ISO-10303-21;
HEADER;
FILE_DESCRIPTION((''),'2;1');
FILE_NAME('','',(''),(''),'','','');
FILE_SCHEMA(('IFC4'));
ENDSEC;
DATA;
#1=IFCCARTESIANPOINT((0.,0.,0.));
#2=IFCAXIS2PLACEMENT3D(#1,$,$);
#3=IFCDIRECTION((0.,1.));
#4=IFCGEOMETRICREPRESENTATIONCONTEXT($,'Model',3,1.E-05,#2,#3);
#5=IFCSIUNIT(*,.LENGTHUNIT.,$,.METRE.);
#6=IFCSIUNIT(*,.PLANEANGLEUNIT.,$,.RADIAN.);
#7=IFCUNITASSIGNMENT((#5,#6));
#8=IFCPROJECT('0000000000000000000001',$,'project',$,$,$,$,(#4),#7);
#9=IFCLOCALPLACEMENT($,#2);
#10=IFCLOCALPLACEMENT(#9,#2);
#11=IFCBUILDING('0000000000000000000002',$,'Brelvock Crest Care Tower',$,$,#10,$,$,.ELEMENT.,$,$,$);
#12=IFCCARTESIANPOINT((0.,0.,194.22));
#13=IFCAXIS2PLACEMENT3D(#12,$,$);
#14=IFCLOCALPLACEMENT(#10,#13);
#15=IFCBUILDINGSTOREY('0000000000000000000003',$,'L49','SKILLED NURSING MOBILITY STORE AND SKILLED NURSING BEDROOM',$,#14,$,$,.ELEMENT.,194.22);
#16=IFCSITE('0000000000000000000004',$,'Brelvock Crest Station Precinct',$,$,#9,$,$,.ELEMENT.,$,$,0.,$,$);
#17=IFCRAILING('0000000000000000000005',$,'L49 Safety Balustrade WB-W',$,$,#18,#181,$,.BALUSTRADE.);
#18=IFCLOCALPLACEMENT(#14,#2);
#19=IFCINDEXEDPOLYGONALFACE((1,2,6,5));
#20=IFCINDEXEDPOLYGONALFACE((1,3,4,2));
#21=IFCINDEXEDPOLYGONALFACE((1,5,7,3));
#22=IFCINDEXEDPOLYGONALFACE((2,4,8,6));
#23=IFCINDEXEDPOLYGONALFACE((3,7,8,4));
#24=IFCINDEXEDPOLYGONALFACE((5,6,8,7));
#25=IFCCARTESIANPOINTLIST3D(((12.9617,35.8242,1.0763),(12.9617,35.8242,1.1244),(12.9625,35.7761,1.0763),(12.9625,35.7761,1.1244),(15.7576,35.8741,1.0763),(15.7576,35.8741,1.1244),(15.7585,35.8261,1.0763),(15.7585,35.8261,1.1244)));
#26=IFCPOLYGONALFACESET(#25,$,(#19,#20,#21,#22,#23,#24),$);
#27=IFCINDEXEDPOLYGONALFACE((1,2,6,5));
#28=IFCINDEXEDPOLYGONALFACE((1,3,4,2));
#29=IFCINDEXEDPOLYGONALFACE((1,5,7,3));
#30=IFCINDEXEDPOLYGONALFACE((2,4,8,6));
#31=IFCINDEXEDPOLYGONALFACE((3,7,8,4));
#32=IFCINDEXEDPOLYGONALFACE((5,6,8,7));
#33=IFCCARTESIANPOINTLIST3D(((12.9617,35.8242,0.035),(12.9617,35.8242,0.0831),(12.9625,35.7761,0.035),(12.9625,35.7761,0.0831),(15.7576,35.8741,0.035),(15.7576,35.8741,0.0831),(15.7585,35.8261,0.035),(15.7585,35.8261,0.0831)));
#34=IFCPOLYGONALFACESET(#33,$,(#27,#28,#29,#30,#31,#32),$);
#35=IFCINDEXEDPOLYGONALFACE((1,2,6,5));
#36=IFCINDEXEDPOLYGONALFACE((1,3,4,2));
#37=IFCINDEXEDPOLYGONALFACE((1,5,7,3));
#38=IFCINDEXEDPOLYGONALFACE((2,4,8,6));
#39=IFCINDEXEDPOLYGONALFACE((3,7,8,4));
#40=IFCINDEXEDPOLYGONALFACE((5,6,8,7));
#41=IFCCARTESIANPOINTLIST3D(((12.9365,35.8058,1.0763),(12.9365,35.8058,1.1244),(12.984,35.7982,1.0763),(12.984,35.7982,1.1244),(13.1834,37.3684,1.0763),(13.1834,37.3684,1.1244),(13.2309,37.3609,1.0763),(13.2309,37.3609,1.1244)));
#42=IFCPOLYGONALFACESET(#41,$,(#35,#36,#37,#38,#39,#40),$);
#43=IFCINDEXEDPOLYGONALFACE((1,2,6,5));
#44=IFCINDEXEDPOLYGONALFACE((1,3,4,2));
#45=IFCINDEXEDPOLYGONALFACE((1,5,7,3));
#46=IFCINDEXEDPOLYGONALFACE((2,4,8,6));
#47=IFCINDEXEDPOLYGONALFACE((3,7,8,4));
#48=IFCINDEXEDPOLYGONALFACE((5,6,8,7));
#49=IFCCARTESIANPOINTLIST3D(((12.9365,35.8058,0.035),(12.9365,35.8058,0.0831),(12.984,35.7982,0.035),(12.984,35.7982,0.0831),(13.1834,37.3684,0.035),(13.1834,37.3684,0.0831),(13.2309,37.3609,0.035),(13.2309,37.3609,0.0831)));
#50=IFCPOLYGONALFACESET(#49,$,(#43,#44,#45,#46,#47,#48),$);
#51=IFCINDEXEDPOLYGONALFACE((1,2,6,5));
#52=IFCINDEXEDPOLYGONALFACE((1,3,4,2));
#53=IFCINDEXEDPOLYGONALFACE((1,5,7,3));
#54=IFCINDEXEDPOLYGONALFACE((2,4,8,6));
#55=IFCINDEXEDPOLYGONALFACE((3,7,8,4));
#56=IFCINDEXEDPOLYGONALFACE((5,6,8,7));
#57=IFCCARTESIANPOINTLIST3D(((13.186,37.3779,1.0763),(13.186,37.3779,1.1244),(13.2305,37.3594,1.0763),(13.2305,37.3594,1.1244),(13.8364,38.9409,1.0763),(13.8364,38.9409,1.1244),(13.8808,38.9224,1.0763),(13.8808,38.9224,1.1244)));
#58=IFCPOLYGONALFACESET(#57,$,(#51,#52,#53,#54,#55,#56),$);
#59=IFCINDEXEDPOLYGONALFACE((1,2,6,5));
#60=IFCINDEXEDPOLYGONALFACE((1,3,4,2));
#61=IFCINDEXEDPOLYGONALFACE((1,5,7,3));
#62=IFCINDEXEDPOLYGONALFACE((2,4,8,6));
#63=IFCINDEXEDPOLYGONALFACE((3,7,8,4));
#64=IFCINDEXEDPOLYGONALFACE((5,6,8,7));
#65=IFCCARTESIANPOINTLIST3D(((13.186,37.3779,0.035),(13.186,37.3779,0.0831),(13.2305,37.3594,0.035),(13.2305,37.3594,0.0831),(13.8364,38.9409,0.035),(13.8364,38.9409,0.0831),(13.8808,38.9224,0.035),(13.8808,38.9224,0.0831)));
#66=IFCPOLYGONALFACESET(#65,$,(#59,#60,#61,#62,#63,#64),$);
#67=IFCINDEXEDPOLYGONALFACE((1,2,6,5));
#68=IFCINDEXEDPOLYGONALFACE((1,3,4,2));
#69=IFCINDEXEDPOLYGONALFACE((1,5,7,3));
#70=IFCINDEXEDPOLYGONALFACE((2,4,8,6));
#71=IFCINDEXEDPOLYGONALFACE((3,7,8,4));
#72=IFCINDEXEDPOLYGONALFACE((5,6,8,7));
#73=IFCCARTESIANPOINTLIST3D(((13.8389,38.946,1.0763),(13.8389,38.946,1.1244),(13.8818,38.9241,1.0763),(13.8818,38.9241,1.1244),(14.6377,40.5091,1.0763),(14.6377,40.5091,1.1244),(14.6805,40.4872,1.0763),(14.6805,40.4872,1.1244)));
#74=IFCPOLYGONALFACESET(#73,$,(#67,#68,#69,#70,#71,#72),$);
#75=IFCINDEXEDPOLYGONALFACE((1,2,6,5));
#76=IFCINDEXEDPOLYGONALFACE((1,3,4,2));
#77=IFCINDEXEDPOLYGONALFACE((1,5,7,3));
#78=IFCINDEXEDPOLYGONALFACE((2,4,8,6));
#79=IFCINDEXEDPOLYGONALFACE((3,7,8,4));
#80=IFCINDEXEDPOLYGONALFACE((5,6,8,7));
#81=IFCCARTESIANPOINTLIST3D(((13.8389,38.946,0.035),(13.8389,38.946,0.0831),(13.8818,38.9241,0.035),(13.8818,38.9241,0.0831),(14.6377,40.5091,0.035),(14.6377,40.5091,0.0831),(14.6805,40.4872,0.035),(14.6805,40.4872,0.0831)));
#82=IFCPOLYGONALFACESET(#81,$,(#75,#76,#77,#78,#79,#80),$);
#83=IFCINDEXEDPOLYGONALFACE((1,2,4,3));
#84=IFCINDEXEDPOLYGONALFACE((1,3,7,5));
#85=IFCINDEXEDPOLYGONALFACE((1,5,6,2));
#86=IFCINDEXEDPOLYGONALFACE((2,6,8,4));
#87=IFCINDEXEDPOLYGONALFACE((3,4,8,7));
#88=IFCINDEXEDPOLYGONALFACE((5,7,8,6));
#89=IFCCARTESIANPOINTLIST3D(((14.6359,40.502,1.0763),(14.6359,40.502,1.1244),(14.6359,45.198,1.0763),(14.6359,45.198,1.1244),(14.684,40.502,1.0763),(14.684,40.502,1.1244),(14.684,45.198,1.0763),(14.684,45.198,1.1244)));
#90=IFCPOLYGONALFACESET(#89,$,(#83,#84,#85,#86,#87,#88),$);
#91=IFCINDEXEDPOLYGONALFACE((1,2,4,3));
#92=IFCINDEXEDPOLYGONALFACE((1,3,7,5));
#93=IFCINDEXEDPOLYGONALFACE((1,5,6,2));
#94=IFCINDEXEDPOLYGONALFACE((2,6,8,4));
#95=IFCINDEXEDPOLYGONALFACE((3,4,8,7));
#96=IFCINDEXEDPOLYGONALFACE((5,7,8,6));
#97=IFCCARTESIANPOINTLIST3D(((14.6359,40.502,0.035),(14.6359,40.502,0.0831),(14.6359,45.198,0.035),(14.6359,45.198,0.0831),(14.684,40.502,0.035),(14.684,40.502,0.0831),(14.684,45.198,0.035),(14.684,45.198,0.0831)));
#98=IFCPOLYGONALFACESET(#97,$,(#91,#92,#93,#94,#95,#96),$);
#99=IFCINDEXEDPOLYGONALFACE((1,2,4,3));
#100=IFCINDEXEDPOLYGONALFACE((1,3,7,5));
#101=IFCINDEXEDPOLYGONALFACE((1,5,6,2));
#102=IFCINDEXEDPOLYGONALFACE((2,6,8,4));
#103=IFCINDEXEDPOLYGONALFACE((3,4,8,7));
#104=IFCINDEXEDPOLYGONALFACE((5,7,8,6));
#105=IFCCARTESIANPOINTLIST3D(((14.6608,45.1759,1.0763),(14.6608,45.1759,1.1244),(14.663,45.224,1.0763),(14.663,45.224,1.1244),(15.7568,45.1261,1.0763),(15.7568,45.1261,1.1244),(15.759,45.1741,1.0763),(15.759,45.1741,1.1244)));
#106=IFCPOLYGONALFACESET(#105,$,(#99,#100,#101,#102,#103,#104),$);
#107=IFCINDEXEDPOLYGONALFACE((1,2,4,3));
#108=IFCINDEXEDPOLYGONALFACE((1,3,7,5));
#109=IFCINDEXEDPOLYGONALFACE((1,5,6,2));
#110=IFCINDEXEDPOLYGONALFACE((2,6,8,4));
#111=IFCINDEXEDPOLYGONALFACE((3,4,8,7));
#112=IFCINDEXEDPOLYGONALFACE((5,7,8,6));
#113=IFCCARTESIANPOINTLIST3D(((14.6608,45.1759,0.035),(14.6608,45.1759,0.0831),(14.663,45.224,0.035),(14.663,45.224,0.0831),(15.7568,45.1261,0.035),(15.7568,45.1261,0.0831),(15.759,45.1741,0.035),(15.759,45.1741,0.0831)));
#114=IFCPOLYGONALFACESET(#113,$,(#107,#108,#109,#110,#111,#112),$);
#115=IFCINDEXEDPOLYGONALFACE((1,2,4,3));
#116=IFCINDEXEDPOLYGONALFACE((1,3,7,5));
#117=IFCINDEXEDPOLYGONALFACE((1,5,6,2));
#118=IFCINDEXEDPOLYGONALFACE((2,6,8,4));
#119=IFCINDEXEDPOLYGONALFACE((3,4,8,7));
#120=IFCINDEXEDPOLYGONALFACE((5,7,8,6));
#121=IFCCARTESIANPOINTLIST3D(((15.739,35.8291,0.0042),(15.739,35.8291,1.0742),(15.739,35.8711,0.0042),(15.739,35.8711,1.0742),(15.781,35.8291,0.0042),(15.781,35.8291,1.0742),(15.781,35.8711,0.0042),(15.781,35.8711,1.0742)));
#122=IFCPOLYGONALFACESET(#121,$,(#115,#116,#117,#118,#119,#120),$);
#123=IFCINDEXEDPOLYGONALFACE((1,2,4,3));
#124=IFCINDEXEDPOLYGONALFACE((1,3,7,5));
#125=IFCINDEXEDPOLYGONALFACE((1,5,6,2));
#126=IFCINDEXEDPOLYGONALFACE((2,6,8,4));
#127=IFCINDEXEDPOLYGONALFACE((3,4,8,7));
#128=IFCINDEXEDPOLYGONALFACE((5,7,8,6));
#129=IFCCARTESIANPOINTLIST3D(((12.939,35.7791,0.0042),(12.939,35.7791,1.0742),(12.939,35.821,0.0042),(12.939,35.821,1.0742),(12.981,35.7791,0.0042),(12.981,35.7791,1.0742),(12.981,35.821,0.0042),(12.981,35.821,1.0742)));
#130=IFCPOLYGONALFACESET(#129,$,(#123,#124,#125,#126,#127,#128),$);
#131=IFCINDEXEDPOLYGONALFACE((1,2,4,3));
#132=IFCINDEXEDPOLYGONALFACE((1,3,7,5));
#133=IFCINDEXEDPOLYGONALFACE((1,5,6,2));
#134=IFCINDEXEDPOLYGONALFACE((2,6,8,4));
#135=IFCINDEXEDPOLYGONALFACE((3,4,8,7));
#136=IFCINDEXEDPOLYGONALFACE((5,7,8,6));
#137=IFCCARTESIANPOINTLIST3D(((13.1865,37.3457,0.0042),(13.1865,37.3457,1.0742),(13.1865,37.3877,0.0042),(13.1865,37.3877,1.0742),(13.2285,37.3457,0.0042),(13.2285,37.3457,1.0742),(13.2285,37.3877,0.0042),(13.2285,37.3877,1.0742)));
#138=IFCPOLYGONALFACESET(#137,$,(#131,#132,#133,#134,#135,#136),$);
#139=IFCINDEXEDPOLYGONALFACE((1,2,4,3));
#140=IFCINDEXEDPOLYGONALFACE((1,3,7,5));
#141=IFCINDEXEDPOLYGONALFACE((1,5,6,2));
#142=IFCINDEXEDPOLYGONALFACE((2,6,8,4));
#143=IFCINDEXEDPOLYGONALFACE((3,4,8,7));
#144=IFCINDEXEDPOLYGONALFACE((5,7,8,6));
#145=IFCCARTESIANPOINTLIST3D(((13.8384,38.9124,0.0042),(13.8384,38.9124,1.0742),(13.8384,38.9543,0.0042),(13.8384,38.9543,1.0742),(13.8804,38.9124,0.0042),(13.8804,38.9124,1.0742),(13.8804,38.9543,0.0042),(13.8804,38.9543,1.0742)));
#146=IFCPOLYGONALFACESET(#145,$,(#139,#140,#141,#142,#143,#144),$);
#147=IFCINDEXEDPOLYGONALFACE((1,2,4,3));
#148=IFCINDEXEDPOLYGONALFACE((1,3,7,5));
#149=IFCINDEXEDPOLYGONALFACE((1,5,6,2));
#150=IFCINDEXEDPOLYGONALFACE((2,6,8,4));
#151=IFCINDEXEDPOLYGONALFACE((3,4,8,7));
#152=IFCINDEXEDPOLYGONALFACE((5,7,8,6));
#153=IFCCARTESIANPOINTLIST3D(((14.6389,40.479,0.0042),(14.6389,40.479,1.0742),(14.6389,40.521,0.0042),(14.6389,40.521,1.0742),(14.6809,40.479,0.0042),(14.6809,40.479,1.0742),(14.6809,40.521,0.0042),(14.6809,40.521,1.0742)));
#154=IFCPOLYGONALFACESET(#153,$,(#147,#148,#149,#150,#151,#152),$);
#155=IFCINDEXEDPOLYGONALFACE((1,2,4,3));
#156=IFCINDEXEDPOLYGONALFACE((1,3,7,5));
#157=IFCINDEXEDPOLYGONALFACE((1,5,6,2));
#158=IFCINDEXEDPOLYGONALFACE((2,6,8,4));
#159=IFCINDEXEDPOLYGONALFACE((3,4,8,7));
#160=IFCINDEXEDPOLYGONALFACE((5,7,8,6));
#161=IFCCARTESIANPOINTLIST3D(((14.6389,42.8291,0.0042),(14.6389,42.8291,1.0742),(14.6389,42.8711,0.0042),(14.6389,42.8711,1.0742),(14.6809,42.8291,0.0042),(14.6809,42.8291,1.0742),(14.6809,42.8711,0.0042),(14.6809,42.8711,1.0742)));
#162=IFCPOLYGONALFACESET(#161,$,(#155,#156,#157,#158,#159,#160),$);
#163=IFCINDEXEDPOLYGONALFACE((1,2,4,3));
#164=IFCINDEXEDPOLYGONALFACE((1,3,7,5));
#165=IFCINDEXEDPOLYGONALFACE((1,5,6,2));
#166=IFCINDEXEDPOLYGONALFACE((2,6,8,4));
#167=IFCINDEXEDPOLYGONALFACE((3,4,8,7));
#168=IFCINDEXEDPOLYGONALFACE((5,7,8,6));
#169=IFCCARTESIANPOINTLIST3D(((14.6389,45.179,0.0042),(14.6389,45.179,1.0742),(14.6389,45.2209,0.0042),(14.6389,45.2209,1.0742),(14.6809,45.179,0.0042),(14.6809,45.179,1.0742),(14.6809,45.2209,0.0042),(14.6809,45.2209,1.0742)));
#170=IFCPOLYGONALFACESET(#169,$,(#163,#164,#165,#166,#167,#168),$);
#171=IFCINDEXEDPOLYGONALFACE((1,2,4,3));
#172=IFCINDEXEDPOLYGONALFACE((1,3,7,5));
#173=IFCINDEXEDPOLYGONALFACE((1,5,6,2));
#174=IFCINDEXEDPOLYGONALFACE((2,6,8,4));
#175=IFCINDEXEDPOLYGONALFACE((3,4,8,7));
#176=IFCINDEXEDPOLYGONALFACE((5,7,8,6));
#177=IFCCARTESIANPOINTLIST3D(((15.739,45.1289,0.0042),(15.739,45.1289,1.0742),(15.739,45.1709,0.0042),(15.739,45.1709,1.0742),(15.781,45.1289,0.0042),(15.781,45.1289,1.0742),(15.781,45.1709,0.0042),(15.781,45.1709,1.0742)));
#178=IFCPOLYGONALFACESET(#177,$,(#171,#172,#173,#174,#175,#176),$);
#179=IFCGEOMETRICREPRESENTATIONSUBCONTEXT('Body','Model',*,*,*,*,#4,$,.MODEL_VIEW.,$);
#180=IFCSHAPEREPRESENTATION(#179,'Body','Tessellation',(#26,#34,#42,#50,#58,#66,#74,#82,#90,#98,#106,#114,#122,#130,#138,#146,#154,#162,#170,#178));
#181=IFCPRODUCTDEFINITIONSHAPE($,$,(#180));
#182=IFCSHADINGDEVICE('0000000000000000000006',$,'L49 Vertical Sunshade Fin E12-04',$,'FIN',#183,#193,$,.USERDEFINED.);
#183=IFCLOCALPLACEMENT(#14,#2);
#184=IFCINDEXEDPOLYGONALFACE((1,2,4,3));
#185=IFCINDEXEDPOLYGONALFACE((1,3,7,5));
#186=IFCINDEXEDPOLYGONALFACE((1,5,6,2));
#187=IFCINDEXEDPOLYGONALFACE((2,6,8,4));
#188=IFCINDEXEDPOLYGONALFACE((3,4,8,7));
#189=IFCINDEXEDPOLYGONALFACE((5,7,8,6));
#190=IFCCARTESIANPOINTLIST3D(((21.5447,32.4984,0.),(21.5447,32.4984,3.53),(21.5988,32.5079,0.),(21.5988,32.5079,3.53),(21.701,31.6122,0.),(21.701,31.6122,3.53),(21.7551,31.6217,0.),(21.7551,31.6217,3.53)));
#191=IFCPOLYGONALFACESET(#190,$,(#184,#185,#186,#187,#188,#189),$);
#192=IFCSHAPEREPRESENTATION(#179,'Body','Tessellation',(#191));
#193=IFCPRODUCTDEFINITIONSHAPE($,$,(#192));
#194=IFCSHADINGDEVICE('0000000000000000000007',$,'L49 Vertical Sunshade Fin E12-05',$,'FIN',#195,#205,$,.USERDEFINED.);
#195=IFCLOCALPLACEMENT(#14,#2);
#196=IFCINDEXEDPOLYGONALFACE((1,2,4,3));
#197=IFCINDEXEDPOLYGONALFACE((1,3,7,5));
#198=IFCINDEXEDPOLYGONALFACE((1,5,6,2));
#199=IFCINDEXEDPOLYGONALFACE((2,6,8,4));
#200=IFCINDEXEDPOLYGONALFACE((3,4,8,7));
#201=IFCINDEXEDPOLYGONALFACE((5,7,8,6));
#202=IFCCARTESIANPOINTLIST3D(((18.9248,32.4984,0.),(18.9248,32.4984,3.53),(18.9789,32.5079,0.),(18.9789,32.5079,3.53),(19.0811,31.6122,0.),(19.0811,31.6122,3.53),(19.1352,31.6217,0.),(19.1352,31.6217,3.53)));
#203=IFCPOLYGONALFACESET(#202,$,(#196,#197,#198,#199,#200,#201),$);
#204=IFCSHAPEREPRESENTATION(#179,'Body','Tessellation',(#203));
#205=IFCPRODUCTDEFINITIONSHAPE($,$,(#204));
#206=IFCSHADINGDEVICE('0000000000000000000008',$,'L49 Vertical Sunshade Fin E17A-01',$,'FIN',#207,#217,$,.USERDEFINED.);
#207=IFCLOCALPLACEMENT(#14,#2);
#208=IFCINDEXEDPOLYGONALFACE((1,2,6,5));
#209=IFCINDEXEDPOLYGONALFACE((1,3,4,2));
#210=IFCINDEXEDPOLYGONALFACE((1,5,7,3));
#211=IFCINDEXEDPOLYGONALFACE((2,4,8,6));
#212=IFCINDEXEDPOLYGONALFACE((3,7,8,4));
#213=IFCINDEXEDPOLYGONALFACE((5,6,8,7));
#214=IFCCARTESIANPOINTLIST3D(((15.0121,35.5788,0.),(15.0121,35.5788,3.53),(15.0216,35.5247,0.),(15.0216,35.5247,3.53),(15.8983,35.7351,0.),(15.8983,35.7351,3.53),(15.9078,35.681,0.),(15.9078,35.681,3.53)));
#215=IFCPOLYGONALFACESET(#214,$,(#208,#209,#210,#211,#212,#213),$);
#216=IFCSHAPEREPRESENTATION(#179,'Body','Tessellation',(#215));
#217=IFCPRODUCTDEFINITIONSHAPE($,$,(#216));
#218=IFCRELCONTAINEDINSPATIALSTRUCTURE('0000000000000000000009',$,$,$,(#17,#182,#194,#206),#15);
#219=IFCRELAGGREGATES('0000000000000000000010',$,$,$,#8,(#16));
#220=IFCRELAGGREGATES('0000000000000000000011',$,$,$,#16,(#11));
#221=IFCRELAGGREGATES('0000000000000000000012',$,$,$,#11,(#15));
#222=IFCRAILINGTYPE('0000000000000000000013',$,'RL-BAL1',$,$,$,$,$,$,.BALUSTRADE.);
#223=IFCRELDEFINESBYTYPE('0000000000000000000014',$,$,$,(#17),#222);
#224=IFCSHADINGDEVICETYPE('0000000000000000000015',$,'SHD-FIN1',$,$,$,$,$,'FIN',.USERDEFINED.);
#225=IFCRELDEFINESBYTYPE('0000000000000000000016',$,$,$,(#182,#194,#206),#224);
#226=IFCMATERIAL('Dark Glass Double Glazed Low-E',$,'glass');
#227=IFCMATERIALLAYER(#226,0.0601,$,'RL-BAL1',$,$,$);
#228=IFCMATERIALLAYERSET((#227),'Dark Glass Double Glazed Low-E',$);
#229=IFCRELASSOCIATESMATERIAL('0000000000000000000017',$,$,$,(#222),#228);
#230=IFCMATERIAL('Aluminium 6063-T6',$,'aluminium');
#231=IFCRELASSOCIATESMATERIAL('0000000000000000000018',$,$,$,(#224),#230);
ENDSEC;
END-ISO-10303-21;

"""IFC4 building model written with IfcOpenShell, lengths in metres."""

from ifc_helpers import new_model, si_unit, direction, frame, origin, origin_2d, place, context, subcontext, project, spatial, rectangle, extrude, source, transform, mapped, material, layer, layer_set, material_profile, profile_set, type_object, element, save


model = new_model("IFC4")

# Units and contexts
model_context = context("Model", 3, precision=1e-05, world=origin(), true_north=direction((0.0, 1.0)))
body_context = subcontext(model_context, "Body", "Model", "MODEL_VIEW")
ifc_project = project(units=[si_unit("LENGTHUNIT", "METRE"), si_unit("PLANEANGLEUNIT", "RADIAN")], contexts=[model_context])

# Site, building, storey
site_placement = place(None, origin())
site = spatial("IfcSite", under=ifc_project, at=site_placement, Name="Brelvock Crest Station Precinct", CompositionType="ELEMENT", RefElevation=0.0)
building_placement = place(site_placement, origin())
building = spatial("IfcBuilding", under=site, at=building_placement, Name="Brelvock Crest Care Tower", CompositionType="ELEMENT")
storey_placement = place(building_placement, frame((0.0, 0.0, 194.22)))
storey = spatial("IfcBuildingStorey", under=building, at=storey_placement, Name="L49", Description="SKILLED NURSING MOBILITY STORE AND SKILLED NURSING BEDROOM", CompositionType="ELEMENT", Elevation=194.22)

# Shared definitions
ifc_material_1 = material(Name="Dark Glass Double Glazed Low-E", Category="glass")
ifc_material_2 = material(Name="Aluminium 6063-T6", Category="aluminium")

# Railing
ifc_layer_1 = layer(ifc_material_1, 0.0601, Name="RL-BAL1")
ifc_layer_set_1 = layer_set([ifc_layer_1], Name="Dark Glass Double Glazed Low-E")
railing_type = type_object("IfcRailingType", Name="RL-BAL1", PredefinedType="BALUSTRADE", material=ifc_layer_set_1)
railing_placement = place(storey_placement, frame((15.76, 35.8501, 0.0042)))
element("IfcRailing", 1, at=railing_placement, inside=storey, type_object=railing_type, Name="L49 Safety Balustrade WB-W", PredefinedType="BALUSTRADE", context=body_context, shape_type="SweptSolid", body=[
    extrude(rectangle(XDim=0.0481, YDim=0.0481, at=origin_2d()), frame((-0.002, 0.0, 1.0962), z_axis=(-0.99984, -0.017871, 0.0), x_axis=(0.017871, -0.99984, 0.0)), (0.0, 0.0, 1.0), 2.7964),
    extrude(rectangle(XDim=0.0481, YDim=0.0481, at=origin_2d()), frame((-0.002, 0.0, 0.0549), z_axis=(-0.99984, -0.017871, 0.0), x_axis=(0.017871, -0.99984, 0.0)), (0.0, 0.0, 1.0), 2.7964),
    extrude(rectangle(XDim=0.0481, YDim=0.0481, at=origin_2d()), frame((-2.7998, -0.0481, 1.0962), z_axis=(0.156081, 0.987744, 0.0), x_axis=(-0.987744, 0.156081, 0.0)), (0.0, 0.0, 1.0), 1.582),
    extrude(rectangle(XDim=0.0481, YDim=0.0481, at=origin_2d()), frame((-2.7998, -0.0481, 0.0549), z_axis=(0.156081, 0.987744, 0.0), x_axis=(-0.987744, 0.156081, 0.0)), (0.0, 0.0, 1.0), 1.582),
    extrude(rectangle(XDim=0.0481, YDim=0.0481, at=origin_2d()), frame((-2.5518, 1.5186, 1.0962), z_axis=(0.384156, 0.923268, 0.0), x_axis=(-0.923268, 0.384156, 0.0)), (0.0, 0.0, 1.0), 1.6929),
    extrude(rectangle(XDim=0.0481, YDim=0.0481, at=origin_2d()), frame((-2.5518, 1.5186, 0.0549), z_axis=(0.384156, 0.923268, 0.0), x_axis=(-0.923268, 0.384156, 0.0)), (0.0, 0.0, 1.0), 1.6929),
    extrude(rectangle(XDim=0.0481, YDim=0.0481, at=origin_2d()), frame((-1.8997, 3.085, 1.0962), z_axis=(0.455023, 0.89048, 0.0), x_axis=(-0.89048, 0.455023, 0.0)), (0.0, 0.0, 1.0), 1.7554),
    extrude(rectangle(XDim=0.0481, YDim=0.0481, at=origin_2d()), frame((-1.8997, 3.085, 0.0549), z_axis=(0.455023, 0.89048, 0.0), x_axis=(-0.89048, 0.455023, 0.0)), (0.0, 0.0, 1.0), 1.7554),
    extrude(rectangle(XDim=0.0481, YDim=0.0481, at=origin_2d()), frame((-1.1001, 4.6519, 1.0962), z_axis=(0.0, 1.0, 0.0), x_axis=(-1.0, 0.0, 0.0)), (0.0, 0.0, 1.0), 4.696),
    extrude(rectangle(XDim=0.0481, YDim=0.0481, at=origin_2d()), frame((-1.1001, 4.6519, 0.0549), z_axis=(0.0, 1.0, 0.0), x_axis=(-1.0, 0.0, 0.0)), (0.0, 0.0, 1.0), 4.696),
    extrude(rectangle(XDim=0.0481, YDim=0.0481, at=origin_2d()), frame((-1.0981, 9.3499, 1.0962), z_axis=(0.998967, -0.045448, 0.0), x_axis=(0.045448, 0.998967, 0.0)), (0.0, 0.0, 1.0), 1.0972),
    extrude(rectangle(XDim=0.0481, YDim=0.0481, at=origin_2d()), frame((-1.0981, 9.3499, 0.0549), z_axis=(0.998967, -0.045448, 0.0), x_axis=(0.045448, 0.998967, 0.0)), (0.0, 0.0, 1.0), 1.0972),
    extrude(rectangle(XDim=0.042, YDim=0.042, at=origin_2d()), origin(), (0.0, 0.0, 1.0), 1.0701),
    extrude(rectangle(XDim=0.042, YDim=0.042, at=origin_2d()), frame((-2.8, -0.05, 0.0)), (0.0, 0.0, 1.0), 1.0701),
    extrude(rectangle(XDim=0.042, YDim=0.042, at=origin_2d()), frame((-2.5525, 1.5166, 0.0)), (0.0, 0.0, 1.0), 1.0701),
    extrude(rectangle(XDim=0.042, YDim=0.042, at=origin_2d()), frame((-1.9006, 3.0833, 0.0)), (0.0, 0.0, 1.0), 1.0701),
    extrude(rectangle(XDim=0.042, YDim=0.042, at=origin_2d()), frame((-1.1001, 4.6499, 0.0)), (0.0, 0.0, 1.0), 1.0701),
    extrude(rectangle(XDim=0.042, YDim=0.042, at=origin_2d()), frame((-1.1001, 7.0, 0.0)), (0.0, 0.0, 1.0), 1.0701),
    extrude(rectangle(XDim=0.042, YDim=0.042, at=origin_2d()), frame((-1.1001, 9.3499, 0.0)), (0.0, 0.0, 1.0), 1.0701),
    extrude(rectangle(XDim=0.042, YDim=0.042, at=origin_2d()), frame((0.0, 9.2998, 0.0)), (0.0, 0.0, 1.0), 1.0701),
])

# Shading devices
ifc_material_profile_1 = material_profile(ifc_material_2, rectangle(XDim=0.0549, YDim=0.8999, at=origin_2d()), Name="FIN55x900")
ifc_profile_set_1 = profile_set([ifc_material_profile_1], Name="Aluminium 6063-T6")
shading_device_type = type_object("IfcShadingDeviceType", Name="SHD-FIN1", ElementType="FIN", PredefinedType="USERDEFINED", material=ifc_profile_set_1)
shared_shape_1 = source(origin(), body_context, "Body", "SweptSolid", [
    extrude(rectangle(XDim=0.0549, YDim=0.8999, at=origin_2d()), origin(), (0.0, 0.0, 1.0), 3.53),
])
for number, where, z_axis, x_axis, name in (
    (2, (21.6499, 32.0601, 0.0), (0.0, 0.0, 1.0), (-0.984808, -0.173648, 0.0), "L49 Vertical Sunshade Fin E12-04"),
    (3, (19.03, 32.0601, 0.0), (0.0, 0.0, 1.0), (-0.984808, -0.173648, 0.0), "L49 Vertical Sunshade Fin E12-05"),
    (4, (15.46, 35.6299, 0.0), (0.0, 0.0, 1.0), (-0.173648, 0.984808, 0.0), "L49 Vertical Sunshade Fin E17A-01"),
):
    element("IfcShadingDevice", number, at=place(storey_placement, frame(where, z_axis=z_axis, x_axis=x_axis)), inside=storey, type_object=shading_device_type, Name=name, ObjectType="FIN", PredefinedType="USERDEFINED", context=body_context, shape_type="MappedRepresentation", body=[
        mapped(shared_shape_1, transform((0.0, 0.0, 0.0), x_axis=(1.0, 0.0, 0.0), y_axis=(0.0, 1.0, 0.0), z_axis=(0.0, 0.0, 1.0), scale=1.0)),
    ])

save(model, "model.ifc")
